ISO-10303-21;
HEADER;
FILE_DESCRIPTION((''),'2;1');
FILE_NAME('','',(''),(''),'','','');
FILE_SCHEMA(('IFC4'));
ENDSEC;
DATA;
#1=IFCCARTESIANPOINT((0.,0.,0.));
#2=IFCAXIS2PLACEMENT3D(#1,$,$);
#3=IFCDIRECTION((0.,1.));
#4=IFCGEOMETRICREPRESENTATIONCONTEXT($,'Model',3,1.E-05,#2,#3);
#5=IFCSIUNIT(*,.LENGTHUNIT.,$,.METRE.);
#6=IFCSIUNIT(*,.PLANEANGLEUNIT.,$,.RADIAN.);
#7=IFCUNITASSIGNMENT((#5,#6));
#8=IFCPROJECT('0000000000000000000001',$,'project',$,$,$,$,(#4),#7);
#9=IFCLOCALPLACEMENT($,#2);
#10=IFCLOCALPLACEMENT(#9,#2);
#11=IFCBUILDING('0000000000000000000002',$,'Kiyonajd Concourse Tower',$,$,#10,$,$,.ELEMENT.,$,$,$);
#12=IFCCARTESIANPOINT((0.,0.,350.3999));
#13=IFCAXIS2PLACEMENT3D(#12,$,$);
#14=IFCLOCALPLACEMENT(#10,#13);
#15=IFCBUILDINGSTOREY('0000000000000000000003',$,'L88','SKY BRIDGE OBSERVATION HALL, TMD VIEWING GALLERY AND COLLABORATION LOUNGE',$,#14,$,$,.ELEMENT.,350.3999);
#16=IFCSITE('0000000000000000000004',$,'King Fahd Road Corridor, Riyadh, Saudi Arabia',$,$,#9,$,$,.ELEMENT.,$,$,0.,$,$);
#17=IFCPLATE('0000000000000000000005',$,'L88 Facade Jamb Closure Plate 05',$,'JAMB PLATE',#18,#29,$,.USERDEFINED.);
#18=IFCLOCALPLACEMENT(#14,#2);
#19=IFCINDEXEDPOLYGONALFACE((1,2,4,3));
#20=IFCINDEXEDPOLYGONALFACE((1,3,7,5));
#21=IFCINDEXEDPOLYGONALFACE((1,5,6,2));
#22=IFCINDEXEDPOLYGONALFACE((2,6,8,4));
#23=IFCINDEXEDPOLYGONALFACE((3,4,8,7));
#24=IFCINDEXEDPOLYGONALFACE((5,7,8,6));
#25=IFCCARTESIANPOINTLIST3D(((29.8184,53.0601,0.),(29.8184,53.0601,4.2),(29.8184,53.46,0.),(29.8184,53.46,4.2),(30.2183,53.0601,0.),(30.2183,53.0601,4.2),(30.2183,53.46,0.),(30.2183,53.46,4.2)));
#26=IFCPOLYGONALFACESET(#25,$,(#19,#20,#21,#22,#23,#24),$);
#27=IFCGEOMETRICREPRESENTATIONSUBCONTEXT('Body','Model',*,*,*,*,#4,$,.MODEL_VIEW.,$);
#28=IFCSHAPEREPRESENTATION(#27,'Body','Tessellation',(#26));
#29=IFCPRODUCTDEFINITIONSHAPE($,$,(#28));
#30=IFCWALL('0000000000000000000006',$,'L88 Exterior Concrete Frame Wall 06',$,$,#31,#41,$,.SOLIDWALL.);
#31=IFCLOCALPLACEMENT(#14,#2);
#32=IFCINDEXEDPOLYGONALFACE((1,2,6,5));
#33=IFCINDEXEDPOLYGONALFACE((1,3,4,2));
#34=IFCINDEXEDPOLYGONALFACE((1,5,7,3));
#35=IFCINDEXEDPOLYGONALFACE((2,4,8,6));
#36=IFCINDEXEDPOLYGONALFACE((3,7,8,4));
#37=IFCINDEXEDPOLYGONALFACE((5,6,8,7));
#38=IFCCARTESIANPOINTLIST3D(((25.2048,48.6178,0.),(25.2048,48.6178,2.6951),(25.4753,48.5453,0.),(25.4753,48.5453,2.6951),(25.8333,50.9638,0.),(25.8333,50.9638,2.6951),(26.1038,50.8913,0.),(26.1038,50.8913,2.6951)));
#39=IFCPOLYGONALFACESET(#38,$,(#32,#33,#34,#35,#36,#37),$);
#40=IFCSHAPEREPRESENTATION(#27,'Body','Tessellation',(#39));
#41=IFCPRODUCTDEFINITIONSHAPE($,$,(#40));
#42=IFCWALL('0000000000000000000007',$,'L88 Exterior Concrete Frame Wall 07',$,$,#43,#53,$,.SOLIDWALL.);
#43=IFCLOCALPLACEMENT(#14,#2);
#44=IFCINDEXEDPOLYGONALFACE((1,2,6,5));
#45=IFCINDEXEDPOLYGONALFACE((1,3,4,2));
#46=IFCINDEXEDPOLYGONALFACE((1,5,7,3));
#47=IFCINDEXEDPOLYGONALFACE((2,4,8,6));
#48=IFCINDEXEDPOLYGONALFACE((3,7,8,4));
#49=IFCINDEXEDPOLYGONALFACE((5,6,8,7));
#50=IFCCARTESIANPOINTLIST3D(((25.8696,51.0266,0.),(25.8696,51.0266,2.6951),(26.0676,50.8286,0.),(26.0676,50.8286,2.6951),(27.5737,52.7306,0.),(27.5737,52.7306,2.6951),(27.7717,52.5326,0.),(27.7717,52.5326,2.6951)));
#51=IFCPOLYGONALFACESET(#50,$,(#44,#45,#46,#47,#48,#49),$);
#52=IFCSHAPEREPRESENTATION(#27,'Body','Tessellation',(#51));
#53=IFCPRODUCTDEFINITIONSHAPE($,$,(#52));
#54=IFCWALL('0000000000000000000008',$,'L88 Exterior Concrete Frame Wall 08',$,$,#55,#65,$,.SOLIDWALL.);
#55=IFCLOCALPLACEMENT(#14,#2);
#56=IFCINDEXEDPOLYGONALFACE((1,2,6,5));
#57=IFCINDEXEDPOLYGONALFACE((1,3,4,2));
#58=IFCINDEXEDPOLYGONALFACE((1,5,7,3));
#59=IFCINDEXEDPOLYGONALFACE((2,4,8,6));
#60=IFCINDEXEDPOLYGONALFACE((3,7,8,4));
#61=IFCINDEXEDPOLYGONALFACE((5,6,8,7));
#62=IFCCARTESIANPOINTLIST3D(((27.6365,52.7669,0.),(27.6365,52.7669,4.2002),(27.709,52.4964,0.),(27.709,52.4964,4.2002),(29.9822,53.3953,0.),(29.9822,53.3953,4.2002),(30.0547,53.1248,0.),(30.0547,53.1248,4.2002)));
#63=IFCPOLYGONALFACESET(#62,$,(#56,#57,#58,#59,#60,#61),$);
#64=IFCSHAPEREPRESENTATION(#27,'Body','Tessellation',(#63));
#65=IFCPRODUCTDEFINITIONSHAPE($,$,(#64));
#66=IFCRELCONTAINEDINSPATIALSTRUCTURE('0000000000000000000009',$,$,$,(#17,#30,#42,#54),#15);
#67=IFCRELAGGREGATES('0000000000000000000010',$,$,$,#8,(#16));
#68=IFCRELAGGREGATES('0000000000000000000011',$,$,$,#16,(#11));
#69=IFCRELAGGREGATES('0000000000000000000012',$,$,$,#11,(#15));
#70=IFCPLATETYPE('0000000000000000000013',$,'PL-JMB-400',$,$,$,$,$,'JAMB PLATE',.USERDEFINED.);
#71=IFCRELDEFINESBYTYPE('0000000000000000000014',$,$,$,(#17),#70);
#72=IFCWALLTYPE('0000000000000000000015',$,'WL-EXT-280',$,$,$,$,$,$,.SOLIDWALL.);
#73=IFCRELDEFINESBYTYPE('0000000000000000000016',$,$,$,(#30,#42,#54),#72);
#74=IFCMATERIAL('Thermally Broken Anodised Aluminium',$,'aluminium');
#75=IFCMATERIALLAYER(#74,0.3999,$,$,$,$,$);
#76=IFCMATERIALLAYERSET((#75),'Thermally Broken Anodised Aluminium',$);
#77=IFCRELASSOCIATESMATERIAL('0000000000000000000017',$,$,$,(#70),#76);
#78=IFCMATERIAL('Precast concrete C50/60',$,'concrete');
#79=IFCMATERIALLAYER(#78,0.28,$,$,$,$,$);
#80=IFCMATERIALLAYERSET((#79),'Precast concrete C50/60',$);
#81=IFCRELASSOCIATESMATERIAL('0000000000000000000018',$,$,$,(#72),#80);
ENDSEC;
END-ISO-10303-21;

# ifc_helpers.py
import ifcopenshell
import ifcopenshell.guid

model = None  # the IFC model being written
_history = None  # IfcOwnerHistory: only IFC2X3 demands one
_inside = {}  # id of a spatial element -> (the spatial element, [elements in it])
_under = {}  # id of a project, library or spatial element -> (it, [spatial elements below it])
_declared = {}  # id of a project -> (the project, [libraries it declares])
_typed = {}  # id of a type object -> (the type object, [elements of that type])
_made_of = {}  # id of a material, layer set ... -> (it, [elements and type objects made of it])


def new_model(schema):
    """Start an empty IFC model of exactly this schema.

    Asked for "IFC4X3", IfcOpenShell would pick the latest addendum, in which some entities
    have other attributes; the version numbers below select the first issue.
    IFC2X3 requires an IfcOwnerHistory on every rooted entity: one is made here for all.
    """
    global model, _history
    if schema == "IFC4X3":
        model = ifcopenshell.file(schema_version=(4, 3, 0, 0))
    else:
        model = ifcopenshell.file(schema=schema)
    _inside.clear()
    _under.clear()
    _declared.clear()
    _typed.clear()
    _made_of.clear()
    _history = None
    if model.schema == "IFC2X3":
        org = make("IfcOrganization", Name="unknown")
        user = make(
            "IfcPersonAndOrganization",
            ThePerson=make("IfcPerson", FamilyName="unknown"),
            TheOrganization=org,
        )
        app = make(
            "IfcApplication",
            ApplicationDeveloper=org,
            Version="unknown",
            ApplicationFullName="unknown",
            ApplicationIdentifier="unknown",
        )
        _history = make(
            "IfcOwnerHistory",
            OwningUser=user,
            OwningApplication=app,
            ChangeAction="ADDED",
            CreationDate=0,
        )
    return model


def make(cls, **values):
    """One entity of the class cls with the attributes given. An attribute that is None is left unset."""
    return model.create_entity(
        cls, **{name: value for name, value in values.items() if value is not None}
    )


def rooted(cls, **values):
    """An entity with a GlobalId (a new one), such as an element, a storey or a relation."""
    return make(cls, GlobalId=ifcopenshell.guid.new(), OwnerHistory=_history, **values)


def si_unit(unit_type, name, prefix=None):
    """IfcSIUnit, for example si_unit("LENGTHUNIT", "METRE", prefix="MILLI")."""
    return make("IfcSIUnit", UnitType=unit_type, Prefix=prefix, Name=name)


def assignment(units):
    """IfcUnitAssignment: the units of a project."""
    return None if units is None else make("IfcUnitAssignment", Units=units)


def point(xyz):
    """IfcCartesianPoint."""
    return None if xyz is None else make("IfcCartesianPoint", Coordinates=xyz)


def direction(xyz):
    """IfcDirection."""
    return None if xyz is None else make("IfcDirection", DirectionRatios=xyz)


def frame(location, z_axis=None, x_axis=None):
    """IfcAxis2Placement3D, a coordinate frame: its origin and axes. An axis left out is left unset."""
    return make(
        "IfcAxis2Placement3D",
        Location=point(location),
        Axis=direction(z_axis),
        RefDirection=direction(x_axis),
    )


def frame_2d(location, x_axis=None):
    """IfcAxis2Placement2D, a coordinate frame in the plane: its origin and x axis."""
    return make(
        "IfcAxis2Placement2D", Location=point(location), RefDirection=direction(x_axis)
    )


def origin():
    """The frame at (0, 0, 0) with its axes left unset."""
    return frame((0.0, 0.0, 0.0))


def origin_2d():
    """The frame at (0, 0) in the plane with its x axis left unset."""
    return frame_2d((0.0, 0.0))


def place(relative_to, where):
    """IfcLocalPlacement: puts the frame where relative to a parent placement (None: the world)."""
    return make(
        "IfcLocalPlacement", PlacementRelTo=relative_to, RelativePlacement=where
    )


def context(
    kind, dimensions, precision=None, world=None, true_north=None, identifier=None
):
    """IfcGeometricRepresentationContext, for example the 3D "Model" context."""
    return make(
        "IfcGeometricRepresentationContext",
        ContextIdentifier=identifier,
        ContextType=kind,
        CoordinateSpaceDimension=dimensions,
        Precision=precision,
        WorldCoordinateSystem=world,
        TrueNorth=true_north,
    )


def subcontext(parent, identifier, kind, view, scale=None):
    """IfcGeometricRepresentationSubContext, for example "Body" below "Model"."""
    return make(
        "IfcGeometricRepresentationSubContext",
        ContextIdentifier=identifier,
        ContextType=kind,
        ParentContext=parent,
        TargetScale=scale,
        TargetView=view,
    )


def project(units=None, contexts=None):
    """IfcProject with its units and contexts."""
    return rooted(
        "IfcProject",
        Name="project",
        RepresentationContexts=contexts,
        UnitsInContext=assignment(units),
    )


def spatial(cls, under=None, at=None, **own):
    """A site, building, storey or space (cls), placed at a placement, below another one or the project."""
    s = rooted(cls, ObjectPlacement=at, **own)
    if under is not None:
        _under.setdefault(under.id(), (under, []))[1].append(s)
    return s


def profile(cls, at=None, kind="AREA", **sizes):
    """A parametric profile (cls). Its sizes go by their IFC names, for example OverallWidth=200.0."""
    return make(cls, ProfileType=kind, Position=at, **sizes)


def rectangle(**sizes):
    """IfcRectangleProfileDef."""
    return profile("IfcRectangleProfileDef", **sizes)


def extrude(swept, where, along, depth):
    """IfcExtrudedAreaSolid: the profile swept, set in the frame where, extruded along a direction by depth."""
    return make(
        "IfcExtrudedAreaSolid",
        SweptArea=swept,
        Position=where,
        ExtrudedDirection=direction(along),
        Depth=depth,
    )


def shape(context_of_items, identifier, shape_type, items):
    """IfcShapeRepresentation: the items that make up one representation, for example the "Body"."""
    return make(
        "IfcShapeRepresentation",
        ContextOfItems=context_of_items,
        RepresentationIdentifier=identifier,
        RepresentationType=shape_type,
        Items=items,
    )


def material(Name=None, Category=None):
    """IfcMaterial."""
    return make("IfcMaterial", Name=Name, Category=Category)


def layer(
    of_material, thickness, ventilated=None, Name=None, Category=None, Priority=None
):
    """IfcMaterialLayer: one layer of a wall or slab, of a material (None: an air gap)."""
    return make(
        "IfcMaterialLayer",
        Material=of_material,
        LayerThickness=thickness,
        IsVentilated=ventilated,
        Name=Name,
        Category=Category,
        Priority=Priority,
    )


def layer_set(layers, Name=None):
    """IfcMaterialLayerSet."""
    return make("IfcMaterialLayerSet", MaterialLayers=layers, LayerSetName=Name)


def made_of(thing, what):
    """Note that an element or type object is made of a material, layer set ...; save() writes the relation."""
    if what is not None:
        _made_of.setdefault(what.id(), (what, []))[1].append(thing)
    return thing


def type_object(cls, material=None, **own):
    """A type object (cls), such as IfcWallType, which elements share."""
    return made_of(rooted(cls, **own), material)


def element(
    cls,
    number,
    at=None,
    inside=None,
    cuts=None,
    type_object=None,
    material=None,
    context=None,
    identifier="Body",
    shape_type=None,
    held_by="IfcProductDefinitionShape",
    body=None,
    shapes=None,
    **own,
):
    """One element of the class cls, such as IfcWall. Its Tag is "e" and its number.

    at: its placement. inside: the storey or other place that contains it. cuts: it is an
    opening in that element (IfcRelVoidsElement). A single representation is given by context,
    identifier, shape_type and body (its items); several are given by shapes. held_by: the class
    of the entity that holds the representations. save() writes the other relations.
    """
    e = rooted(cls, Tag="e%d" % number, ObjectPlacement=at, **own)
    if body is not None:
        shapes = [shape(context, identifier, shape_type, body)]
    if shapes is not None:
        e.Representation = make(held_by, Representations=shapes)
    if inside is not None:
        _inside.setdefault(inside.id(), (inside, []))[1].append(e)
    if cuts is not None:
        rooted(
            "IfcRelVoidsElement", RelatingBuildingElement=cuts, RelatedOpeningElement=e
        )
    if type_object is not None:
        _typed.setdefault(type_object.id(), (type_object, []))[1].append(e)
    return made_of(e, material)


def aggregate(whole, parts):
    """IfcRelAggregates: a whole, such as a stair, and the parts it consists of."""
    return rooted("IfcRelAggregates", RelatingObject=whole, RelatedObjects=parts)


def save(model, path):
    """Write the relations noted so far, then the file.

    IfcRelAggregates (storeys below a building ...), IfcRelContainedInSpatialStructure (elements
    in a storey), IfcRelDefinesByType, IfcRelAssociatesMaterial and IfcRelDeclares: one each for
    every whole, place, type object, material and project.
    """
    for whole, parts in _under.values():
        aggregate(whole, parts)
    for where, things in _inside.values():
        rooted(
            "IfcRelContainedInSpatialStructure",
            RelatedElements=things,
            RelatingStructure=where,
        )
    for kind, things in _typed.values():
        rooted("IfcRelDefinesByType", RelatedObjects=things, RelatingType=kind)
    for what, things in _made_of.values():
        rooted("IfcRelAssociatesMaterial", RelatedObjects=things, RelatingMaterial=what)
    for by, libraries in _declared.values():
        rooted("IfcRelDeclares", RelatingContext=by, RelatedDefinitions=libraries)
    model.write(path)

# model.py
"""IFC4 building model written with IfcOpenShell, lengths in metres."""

from ifc_helpers import new_model, si_unit, direction, frame, frame_2d, origin, origin_2d, place, context, subcontext, project, spatial, rectangle, extrude, material, layer, layer_set, type_object, element, save


model = new_model("IFC4")

# Units and contexts
model_context = context("Model", 3, precision=1e-05, world=origin(), true_north=direction((0.0, 1.0)))
body_context = subcontext(model_context, "Body", "Model", "MODEL_VIEW")
ifc_project = project(units=[si_unit("LENGTHUNIT", "METRE"), si_unit("PLANEANGLEUNIT", "RADIAN")], contexts=[model_context])

# Site, building, storey
site_placement = place(None, origin())
site = spatial("IfcSite", under=ifc_project, at=site_placement, Name="King Fahd Road Corridor, Riyadh, Saudi Arabia", CompositionType="ELEMENT", RefElevation=0.0)
building_placement = place(site_placement, origin())
building = spatial("IfcBuilding", under=site, at=building_placement, Name="Kiyonajd Concourse Tower", CompositionType="ELEMENT")
storey_placement = place(building_placement, frame((0.0, 0.0, 350.3999)))
storey = spatial("IfcBuildingStorey", under=building, at=storey_placement, Name="L88", Description="SKY BRIDGE OBSERVATION HALL, TMD VIEWING GALLERY AND COLLABORATION LOUNGE", CompositionType="ELEMENT", Elevation=350.3999)

# Shared definitions
ifc_material_1 = material(Name="Thermally Broken Anodised Aluminium", Category="aluminium")

# Plate
ifc_layer_1 = layer(ifc_material_1, 0.3999)
ifc_layer_set_1 = layer_set([ifc_layer_1], Name="Thermally Broken Anodised Aluminium")
plate_type_1 = type_object("IfcPlateType", Name="PL-JMB-400", ElementType="JAMB PLATE", PredefinedType="USERDEFINED", material=ifc_layer_set_1)
for number, where, z_axis, x_axis, name in (
    (1, (30.0183, 53.26, 0.0), (0.0, 0.0, 1.0), (1.0, 0.0, 0.0), "L88 Facade Jamb Closure Plate 05"),
):
    element("IfcPlate", number, at=place(storey_placement, frame(where, z_axis=z_axis, x_axis=x_axis)), inside=storey, type_object=plate_type_1, Name=name, ObjectType="JAMB PLATE", PredefinedType="USERDEFINED", context=body_context, shape_type="SweptSolid", body=[
        extrude(rectangle(XDim=0.3999, YDim=0.3999, at=origin_2d()), origin(), (0.0, 0.0, 1.0), 4.2),
    ])

# Walls
ifc_material_2 = material(Name="Precast concrete C50/60", Category="concrete")
ifc_layer_2 = layer(ifc_material_2, 0.28)
ifc_layer_set_2 = layer_set([ifc_layer_2], Name="Precast concrete C50/60")
wall_type_1 = type_object("IfcWallType", Name="WL-EXT-280", PredefinedType="SOLIDWALL", material=ifc_layer_set_2)
wall_1_placement = place(storey_placement, frame((25.3401, 48.5815, 0.0), z_axis=(0.0, 0.0, 1.0), x_axis=(0.258751, 0.965944, 0.0)))
element("IfcWall", 2, at=wall_1_placement, inside=storey, type_object=wall_type_1, Name="L88 Exterior Concrete Frame Wall 06", PredefinedType="SOLIDWALL", context=body_context, shape_type="SweptSolid", body=[
    extrude(rectangle(XDim=2.4287, YDim=0.28, at=frame_2d((1.2144, 0.0))), origin(), (0.0, 0.0, 1.0), 2.6951),
])
wall_2_placement = place(storey_placement, frame((25.9685, 50.9275, 0.0), z_axis=(0.0, 0.0, 1.0), x_axis=(0.707107, 0.707107, 0.0)))
element("IfcWall", 3, at=wall_2_placement, inside=storey, type_object=wall_type_1, Name="L88 Exterior Concrete Frame Wall 07", PredefinedType="SOLIDWALL", context=body_context, shape_type="SweptSolid", body=[
    extrude(rectangle(XDim=2.4099, YDim=0.28, at=frame_2d((1.2051, 0.0))), origin(), (0.0, 0.0, 1.0), 2.6951),
])
wall_3_placement = place(storey_placement, frame((27.6726, 52.6316, 0.0), z_axis=(0.0, 0.0, 1.0), x_axis=(0.965937, 0.258776, 0.0)))
element("IfcWall", 4, at=wall_3_placement, inside=storey, type_object=wall_type_1, Name="L88 Exterior Concrete Frame Wall 08", PredefinedType="SOLIDWALL", context=body_context, shape_type="SweptSolid", body=[
    extrude(rectangle(XDim=2.4285, YDim=0.28, at=frame_2d((1.2144, 0.0))), origin(), (0.0, 0.0, 1.0), 4.2002),
])

save(model, "model.ifc")
